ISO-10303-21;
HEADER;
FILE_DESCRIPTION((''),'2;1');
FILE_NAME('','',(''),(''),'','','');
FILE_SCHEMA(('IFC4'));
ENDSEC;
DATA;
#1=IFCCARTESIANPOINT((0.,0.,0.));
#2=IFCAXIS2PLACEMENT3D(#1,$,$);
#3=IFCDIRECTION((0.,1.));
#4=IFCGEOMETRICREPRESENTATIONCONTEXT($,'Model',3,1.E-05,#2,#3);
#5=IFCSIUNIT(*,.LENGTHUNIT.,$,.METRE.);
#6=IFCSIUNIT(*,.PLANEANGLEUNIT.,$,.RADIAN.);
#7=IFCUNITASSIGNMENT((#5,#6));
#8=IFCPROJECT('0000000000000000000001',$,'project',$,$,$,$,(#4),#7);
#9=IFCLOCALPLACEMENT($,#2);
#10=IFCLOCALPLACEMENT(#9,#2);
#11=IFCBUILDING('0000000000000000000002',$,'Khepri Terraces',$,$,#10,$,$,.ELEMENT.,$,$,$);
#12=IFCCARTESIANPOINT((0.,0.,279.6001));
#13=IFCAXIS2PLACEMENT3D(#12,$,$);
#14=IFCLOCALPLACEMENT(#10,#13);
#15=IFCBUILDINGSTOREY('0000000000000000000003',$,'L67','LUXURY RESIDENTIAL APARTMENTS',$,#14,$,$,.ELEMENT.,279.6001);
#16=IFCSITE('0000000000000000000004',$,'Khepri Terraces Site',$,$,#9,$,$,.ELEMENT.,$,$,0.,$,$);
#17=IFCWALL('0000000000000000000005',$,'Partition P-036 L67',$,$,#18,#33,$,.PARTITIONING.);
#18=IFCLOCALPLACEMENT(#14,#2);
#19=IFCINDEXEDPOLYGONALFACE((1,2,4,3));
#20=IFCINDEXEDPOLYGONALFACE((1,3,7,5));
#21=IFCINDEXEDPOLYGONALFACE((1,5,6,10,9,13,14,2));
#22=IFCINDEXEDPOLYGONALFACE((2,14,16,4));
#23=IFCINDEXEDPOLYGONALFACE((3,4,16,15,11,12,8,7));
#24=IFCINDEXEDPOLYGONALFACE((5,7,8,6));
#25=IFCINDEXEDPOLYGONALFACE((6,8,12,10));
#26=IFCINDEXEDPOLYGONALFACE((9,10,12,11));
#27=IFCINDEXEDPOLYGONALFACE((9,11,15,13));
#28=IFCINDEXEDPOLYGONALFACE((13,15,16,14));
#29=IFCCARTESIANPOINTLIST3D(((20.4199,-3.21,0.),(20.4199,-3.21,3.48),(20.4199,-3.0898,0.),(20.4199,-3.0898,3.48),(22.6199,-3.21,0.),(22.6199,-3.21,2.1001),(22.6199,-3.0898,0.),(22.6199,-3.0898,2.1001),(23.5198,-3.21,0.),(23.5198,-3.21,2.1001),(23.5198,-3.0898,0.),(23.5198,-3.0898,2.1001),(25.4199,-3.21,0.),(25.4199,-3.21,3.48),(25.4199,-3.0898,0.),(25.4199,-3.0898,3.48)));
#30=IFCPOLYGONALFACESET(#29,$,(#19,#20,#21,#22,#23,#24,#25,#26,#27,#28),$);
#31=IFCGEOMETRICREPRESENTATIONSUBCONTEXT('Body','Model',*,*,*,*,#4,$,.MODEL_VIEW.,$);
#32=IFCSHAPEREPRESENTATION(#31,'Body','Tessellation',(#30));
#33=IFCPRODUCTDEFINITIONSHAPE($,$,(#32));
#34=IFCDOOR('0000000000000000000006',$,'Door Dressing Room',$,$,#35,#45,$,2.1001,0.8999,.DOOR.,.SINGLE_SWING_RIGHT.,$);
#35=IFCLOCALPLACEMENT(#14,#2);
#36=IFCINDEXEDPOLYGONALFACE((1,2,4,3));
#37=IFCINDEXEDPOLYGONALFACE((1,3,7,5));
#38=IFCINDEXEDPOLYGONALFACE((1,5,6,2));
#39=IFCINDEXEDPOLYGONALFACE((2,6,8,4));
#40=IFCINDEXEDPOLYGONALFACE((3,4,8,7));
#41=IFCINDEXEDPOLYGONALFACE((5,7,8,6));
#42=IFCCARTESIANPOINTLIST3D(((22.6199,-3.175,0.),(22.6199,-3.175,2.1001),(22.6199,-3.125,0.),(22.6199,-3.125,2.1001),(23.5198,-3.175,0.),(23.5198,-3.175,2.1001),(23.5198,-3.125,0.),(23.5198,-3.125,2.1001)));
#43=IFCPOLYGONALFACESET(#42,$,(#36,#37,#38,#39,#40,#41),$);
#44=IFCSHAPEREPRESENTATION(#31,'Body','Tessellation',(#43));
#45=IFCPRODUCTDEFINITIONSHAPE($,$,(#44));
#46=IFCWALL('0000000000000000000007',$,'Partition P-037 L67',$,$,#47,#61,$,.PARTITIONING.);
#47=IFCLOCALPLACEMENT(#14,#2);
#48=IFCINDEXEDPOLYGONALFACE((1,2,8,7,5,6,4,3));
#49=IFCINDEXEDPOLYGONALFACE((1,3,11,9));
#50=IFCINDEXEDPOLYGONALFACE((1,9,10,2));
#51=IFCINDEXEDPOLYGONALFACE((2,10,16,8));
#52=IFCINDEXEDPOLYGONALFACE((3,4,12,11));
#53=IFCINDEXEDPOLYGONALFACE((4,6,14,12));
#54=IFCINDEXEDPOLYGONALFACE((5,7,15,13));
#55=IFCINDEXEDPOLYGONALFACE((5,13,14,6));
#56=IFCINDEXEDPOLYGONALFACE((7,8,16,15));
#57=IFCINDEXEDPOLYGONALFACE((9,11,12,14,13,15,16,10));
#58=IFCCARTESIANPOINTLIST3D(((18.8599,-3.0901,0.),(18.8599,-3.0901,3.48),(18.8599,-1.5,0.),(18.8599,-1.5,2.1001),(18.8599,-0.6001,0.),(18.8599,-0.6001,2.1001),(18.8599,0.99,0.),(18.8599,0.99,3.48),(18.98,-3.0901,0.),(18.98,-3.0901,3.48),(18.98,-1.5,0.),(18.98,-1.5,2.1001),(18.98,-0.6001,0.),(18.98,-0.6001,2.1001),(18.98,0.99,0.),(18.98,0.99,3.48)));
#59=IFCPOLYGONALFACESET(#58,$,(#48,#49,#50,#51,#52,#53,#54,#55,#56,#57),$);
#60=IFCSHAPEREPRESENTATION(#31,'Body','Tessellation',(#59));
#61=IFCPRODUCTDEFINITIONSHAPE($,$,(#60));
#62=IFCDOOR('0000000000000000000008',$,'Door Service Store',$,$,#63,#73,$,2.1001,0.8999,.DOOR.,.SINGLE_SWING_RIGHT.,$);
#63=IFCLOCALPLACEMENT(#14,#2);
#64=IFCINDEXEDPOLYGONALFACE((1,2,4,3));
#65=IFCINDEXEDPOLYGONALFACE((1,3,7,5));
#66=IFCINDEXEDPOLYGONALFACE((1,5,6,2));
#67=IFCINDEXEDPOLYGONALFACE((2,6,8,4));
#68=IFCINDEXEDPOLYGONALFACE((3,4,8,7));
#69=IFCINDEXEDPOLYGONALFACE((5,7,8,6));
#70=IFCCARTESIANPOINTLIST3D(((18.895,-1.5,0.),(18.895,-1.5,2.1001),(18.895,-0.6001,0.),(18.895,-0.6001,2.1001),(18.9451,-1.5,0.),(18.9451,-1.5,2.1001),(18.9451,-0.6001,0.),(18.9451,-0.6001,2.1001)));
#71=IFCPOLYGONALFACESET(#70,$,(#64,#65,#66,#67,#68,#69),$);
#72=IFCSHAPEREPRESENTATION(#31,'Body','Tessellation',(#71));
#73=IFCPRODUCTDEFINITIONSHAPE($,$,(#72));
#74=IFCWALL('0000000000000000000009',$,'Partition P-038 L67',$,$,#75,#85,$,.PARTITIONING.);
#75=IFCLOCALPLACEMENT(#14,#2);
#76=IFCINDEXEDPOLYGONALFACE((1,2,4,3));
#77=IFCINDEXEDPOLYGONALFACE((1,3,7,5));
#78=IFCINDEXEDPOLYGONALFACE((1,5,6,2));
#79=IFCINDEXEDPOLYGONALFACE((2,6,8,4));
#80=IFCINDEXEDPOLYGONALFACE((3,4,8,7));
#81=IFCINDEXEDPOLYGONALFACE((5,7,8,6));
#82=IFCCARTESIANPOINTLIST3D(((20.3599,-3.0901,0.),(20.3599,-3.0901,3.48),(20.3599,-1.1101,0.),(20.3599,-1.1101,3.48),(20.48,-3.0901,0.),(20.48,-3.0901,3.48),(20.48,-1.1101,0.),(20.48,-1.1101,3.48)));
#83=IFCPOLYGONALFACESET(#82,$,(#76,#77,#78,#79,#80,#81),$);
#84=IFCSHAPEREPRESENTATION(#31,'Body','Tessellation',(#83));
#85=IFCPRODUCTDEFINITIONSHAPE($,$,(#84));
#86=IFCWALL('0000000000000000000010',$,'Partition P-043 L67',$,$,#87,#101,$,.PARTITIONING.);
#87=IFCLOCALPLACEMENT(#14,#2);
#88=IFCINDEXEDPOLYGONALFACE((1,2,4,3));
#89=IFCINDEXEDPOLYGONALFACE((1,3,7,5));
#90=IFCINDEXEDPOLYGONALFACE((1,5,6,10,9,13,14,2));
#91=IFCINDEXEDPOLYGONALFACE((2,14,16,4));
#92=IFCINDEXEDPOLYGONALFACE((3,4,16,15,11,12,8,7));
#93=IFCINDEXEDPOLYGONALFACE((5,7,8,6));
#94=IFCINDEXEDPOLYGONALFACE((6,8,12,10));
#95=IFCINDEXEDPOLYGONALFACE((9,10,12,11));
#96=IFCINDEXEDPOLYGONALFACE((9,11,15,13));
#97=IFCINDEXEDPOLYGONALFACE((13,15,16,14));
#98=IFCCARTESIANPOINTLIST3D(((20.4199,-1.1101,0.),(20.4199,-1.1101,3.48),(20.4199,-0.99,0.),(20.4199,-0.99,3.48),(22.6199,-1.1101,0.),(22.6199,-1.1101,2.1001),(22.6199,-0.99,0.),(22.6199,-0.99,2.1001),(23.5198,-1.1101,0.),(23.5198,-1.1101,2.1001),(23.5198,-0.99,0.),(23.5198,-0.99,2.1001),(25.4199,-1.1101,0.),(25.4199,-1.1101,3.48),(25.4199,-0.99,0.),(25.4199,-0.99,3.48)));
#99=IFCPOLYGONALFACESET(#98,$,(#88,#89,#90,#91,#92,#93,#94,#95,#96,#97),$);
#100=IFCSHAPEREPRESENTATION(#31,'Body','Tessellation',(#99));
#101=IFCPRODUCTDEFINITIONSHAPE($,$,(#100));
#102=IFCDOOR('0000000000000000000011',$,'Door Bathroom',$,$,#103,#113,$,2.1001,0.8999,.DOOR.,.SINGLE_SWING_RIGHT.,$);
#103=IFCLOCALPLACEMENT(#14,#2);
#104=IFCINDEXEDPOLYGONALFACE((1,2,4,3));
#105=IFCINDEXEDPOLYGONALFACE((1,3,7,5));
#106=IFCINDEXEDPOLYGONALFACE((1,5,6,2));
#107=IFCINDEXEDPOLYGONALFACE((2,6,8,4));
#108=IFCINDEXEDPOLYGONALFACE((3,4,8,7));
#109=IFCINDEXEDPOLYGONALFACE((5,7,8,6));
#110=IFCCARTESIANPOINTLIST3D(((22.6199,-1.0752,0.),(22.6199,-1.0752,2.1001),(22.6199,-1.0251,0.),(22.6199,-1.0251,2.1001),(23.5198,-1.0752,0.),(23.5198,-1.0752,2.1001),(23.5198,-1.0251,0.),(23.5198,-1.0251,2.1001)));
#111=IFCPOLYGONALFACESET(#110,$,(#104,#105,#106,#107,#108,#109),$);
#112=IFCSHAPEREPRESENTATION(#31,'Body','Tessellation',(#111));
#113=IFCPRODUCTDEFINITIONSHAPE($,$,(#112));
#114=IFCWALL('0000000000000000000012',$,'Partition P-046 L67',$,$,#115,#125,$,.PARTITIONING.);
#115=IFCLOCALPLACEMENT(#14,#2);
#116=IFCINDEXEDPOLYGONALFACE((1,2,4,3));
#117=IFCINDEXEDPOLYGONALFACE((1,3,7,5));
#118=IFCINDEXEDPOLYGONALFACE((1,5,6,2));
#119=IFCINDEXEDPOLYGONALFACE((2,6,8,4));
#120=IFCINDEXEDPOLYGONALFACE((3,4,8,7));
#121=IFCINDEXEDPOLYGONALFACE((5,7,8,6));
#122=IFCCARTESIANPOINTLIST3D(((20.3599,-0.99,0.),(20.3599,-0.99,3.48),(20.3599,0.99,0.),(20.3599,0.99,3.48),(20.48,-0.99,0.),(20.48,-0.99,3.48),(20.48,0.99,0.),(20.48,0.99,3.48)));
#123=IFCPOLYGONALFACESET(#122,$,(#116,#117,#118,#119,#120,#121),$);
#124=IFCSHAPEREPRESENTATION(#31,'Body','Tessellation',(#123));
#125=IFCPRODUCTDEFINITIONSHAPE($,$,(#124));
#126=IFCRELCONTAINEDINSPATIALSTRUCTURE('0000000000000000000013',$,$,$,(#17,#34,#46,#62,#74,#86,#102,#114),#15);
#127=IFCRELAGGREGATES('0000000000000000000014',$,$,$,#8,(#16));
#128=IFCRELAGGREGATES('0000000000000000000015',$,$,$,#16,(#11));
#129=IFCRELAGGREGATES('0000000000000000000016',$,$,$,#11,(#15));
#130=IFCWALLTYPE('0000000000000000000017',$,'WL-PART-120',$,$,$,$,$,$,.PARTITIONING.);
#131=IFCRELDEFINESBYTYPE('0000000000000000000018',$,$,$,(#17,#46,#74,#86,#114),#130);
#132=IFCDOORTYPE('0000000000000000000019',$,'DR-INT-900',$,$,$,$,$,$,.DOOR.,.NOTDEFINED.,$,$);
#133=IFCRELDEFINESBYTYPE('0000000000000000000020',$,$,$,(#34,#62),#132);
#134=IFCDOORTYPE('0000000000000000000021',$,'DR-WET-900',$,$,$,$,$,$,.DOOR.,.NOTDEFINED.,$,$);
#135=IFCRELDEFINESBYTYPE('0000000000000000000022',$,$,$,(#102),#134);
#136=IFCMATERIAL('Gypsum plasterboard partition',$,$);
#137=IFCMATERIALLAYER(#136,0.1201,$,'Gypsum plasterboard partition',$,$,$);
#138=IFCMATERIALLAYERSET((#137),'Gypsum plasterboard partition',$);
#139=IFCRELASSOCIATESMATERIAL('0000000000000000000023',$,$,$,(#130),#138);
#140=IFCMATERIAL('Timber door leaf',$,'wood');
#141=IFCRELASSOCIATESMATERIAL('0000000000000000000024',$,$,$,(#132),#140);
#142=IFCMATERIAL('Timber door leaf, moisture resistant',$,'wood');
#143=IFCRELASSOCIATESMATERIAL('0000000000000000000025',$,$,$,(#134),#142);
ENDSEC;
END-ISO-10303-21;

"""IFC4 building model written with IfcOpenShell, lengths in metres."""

from ifc_helpers import new_model, si_unit, direction, frame, frame_2d, origin, place, context, subcontext, project, spatial, rectangle, extrude, material, layer, layer_set, type_object, element, fill, save


model = new_model("IFC4")

# Units and contexts
model_context = context("Model", 3, precision=1e-05, world=origin(), true_north=direction((0.0, 1.0)))
body_context = subcontext(model_context, "Body", "Model", "MODEL_VIEW")
ifc_project = project(units=[si_unit("LENGTHUNIT", "METRE"), si_unit("PLANEANGLEUNIT", "RADIAN")], contexts=[model_context])

# Site, building, storey
site_placement = place(None, origin())
site = spatial("IfcSite", under=ifc_project, at=site_placement, Name="Khepri Terraces Site", CompositionType="ELEMENT", RefElevation=0.0)
building_placement = place(site_placement, origin())
building = spatial("IfcBuilding", under=site, at=building_placement, Name="Khepri Terraces", CompositionType="ELEMENT")
storey_placement = place(building_placement, frame((0.0, 0.0, 279.6001)))
storey = spatial("IfcBuildingStorey", under=building, at=storey_placement, Name="L67", Description="LUXURY RESIDENTIAL APARTMENTS", CompositionType="ELEMENT", Elevation=279.6001)

# Shared definitions
ifc_material_1 = material(Name="Gypsum plasterboard partition")
ifc_layer_1 = layer(ifc_material_1, 0.1201, Name="Gypsum plasterboard partition")
ifc_layer_set_1 = layer_set([ifc_layer_1], Name="Gypsum plasterboard partition")
wall_type_1 = type_object("IfcWallType", Name="WL-PART-120", PredefinedType="PARTITIONING", material=ifc_layer_set_1)

# Shared definitions
ifc_material_2 = material(Name="Timber door leaf", Category="wood")
door_type_1 = type_object("IfcDoorType", Name="DR-INT-900", OperationType="NOTDEFINED", PredefinedType="DOOR", material=ifc_material_2)

# Walls, openings, doors
wall_1_placement = place(storey_placement, frame((20.4199, -3.1499, 0.0), z_axis=(0.0, 0.0, 1.0), x_axis=(1.0, 0.0, 0.0)))
wall_1 = element("IfcWall", 1, at=wall_1_placement, inside=storey, type_object=wall_type_1, Name="Partition P-036 L67", PredefinedType="PARTITIONING", context=body_context, shape_type="SweptSolid", body=[
    extrude(rectangle(XDim=5.0, YDim=0.1201, at=frame_2d((2.5, 0.0))), origin(), (0.0, 0.0, 1.0), 3.48),
])
opening_1_placement = place(wall_1_placement, frame((2.2, 0.0, 0.0)))
opening_1 = element("IfcOpeningElement", 2, at=opening_1_placement, cuts=wall_1, PredefinedType="OPENING", context=body_context, shape_type="SweptSolid", body=[
    extrude(rectangle(XDim=0.8999, YDim=2.1001, at=frame_2d((0.45, 1.05))), frame((0.0, 0.0701, 0.0), z_axis=(0.0, -1.0, 0.0), x_axis=(1.0, 0.0, 0.0)), (0.0, 0.0, 1.0), 0.1401),
])
door_1_placement = place(opening_1_placement, origin())
door_1 = element("IfcDoor", 3, at=door_1_placement, inside=storey, type_object=door_type_1, Name="Door Dressing Room", OperationType="SINGLE_SWING_RIGHT", OverallHeight=2.1001, OverallWidth=0.8999, PredefinedType="DOOR", context=body_context, shape_type="SweptSolid", body=[
    extrude(rectangle(XDim=0.8999, YDim=2.1001, at=frame_2d((0.45, 1.05))), frame((0.0, 0.0249, 0.0), z_axis=(0.0, -1.0, 0.0), x_axis=(1.0, 0.0, 0.0)), (0.0, 0.0, 1.0), 0.05),
])
fill(opening_1, door_1)
wall_2_placement = place(storey_placement, frame((18.9199, -3.0901, 0.0), z_axis=(0.0, 0.0, 1.0), x_axis=(0.0, 1.0, 0.0)))
wall_2 = element("IfcWall", 4, at=wall_2_placement, inside=storey, type_object=wall_type_1, Name="Partition P-037 L67", PredefinedType="PARTITIONING", context=body_context, shape_type="SweptSolid", body=[
    extrude(rectangle(XDim=4.0801, YDim=0.1201, at=frame_2d((2.04, 0.0))), origin(), (0.0, 0.0, 1.0), 3.48),
])
opening_2_placement = place(wall_2_placement, frame((1.5901, 0.0, 0.0)))
opening_2 = element("IfcOpeningElement", 5, at=opening_2_placement, cuts=wall_2, PredefinedType="OPENING", context=body_context, shape_type="SweptSolid", body=[
    extrude(rectangle(XDim=0.8999, YDim=2.1001, at=frame_2d((0.45, 1.05))), frame((0.0, 0.0701, 0.0), z_axis=(0.0, -1.0, 0.0), x_axis=(1.0, 0.0, 0.0)), (0.0, 0.0, 1.0), 0.1401),
])
door_2_placement = place(opening_2_placement, origin())
door_2 = element("IfcDoor", 6, at=door_2_placement, inside=storey, type_object=door_type_1, Name="Door Service Store", OperationType="SINGLE_SWING_RIGHT", OverallHeight=2.1001, OverallWidth=0.8999, PredefinedType="DOOR", context=body_context, shape_type="SweptSolid", body=[
    extrude(rectangle(XDim=0.8999, YDim=2.1001, at=frame_2d((0.45, 1.05))), frame((0.0, 0.0249, 0.0), z_axis=(0.0, -1.0, 0.0), x_axis=(1.0, 0.0, 0.0)), (0.0, 0.0, 1.0), 0.05),
])
fill(opening_2, door_2)

# Wall
wall_3_placement = place(storey_placement, frame((20.4199, -3.0901, 0.0), z_axis=(0.0, 0.0, 1.0), x_axis=(0.0, 1.0, 0.0)))
element("IfcWall", 7, at=wall_3_placement, inside=storey, type_object=wall_type_1, Name="Partition P-038 L67", PredefinedType="PARTITIONING", context=body_context, shape_type="SweptSolid", body=[
    extrude(rectangle(XDim=1.98, YDim=0.1201, at=frame_2d((0.99, 0.0))), origin(), (0.0, 0.0, 1.0), 3.48),
])

# Wall, opening, door
wall_4_placement = place(storey_placement, frame((20.4199, -1.05, 0.0), z_axis=(0.0, 0.0, 1.0), x_axis=(1.0, 0.0, 0.0)))
wall_4 = element("IfcWall", 8, at=wall_4_placement, inside=storey, type_object=wall_type_1, Name="Partition P-043 L67", PredefinedType="PARTITIONING", context=body_context, shape_type="SweptSolid", body=[
    extrude(rectangle(XDim=5.0, YDim=0.1201, at=frame_2d((2.5, 0.0))), origin(), (0.0, 0.0, 1.0), 3.48),
])
opening_3_placement = place(wall_4_placement, frame((2.2, 0.0, 0.0)))
opening_3 = element("IfcOpeningElement", 9, at=opening_3_placement, cuts=wall_4, PredefinedType="OPENING", context=body_context, shape_type="SweptSolid", body=[
    extrude(rectangle(XDim=0.8999, YDim=2.1001, at=frame_2d((0.45, 1.05))), frame((0.0, 0.0701, 0.0), z_axis=(0.0, -1.0, 0.0), x_axis=(1.0, 0.0, 0.0)), (0.0, 0.0, 1.0), 0.1401),
])
ifc_material_3 = material(Name="Timber door leaf, moisture resistant", Category="wood")
door_type_2 = type_object("IfcDoorType", Name="DR-WET-900", OperationType="NOTDEFINED", PredefinedType="DOOR", material=ifc_material_3)
door_3_placement = place(opening_3_placement, origin())
door_3 = element("IfcDoor", 10, at=door_3_placement, inside=storey, type_object=door_type_2, Name="Door Bathroom", OperationType="SINGLE_SWING_RIGHT", OverallHeight=2.1001, OverallWidth=0.8999, PredefinedType="DOOR", context=body_context, shape_type="SweptSolid", body=[
    extrude(rectangle(XDim=0.8999, YDim=2.1001, at=frame_2d((0.45, 1.05))), frame((0.0, 0.0249, 0.0), z_axis=(0.0, -1.0, 0.0), x_axis=(1.0, 0.0, 0.0)), (0.0, 0.0, 1.0), 0.05),
])
fill(opening_3, door_3)

# Wall
wall_5_placement = place(storey_placement, frame((20.4199, -0.99, 0.0), z_axis=(0.0, 0.0, 1.0), x_axis=(0.0, 1.0, 0.0)))
element("IfcWall", 11, at=wall_5_placement, inside=storey, type_object=wall_type_1, Name="Partition P-046 L67", PredefinedType="PARTITIONING", context=body_context, shape_type="SweptSolid", body=[
    extrude(rectangle(XDim=1.98, YDim=0.1201, at=frame_2d((0.99, 0.0))), origin(), (0.0, 0.0, 1.0), 3.48),
])

save(model, "model.ifc")
